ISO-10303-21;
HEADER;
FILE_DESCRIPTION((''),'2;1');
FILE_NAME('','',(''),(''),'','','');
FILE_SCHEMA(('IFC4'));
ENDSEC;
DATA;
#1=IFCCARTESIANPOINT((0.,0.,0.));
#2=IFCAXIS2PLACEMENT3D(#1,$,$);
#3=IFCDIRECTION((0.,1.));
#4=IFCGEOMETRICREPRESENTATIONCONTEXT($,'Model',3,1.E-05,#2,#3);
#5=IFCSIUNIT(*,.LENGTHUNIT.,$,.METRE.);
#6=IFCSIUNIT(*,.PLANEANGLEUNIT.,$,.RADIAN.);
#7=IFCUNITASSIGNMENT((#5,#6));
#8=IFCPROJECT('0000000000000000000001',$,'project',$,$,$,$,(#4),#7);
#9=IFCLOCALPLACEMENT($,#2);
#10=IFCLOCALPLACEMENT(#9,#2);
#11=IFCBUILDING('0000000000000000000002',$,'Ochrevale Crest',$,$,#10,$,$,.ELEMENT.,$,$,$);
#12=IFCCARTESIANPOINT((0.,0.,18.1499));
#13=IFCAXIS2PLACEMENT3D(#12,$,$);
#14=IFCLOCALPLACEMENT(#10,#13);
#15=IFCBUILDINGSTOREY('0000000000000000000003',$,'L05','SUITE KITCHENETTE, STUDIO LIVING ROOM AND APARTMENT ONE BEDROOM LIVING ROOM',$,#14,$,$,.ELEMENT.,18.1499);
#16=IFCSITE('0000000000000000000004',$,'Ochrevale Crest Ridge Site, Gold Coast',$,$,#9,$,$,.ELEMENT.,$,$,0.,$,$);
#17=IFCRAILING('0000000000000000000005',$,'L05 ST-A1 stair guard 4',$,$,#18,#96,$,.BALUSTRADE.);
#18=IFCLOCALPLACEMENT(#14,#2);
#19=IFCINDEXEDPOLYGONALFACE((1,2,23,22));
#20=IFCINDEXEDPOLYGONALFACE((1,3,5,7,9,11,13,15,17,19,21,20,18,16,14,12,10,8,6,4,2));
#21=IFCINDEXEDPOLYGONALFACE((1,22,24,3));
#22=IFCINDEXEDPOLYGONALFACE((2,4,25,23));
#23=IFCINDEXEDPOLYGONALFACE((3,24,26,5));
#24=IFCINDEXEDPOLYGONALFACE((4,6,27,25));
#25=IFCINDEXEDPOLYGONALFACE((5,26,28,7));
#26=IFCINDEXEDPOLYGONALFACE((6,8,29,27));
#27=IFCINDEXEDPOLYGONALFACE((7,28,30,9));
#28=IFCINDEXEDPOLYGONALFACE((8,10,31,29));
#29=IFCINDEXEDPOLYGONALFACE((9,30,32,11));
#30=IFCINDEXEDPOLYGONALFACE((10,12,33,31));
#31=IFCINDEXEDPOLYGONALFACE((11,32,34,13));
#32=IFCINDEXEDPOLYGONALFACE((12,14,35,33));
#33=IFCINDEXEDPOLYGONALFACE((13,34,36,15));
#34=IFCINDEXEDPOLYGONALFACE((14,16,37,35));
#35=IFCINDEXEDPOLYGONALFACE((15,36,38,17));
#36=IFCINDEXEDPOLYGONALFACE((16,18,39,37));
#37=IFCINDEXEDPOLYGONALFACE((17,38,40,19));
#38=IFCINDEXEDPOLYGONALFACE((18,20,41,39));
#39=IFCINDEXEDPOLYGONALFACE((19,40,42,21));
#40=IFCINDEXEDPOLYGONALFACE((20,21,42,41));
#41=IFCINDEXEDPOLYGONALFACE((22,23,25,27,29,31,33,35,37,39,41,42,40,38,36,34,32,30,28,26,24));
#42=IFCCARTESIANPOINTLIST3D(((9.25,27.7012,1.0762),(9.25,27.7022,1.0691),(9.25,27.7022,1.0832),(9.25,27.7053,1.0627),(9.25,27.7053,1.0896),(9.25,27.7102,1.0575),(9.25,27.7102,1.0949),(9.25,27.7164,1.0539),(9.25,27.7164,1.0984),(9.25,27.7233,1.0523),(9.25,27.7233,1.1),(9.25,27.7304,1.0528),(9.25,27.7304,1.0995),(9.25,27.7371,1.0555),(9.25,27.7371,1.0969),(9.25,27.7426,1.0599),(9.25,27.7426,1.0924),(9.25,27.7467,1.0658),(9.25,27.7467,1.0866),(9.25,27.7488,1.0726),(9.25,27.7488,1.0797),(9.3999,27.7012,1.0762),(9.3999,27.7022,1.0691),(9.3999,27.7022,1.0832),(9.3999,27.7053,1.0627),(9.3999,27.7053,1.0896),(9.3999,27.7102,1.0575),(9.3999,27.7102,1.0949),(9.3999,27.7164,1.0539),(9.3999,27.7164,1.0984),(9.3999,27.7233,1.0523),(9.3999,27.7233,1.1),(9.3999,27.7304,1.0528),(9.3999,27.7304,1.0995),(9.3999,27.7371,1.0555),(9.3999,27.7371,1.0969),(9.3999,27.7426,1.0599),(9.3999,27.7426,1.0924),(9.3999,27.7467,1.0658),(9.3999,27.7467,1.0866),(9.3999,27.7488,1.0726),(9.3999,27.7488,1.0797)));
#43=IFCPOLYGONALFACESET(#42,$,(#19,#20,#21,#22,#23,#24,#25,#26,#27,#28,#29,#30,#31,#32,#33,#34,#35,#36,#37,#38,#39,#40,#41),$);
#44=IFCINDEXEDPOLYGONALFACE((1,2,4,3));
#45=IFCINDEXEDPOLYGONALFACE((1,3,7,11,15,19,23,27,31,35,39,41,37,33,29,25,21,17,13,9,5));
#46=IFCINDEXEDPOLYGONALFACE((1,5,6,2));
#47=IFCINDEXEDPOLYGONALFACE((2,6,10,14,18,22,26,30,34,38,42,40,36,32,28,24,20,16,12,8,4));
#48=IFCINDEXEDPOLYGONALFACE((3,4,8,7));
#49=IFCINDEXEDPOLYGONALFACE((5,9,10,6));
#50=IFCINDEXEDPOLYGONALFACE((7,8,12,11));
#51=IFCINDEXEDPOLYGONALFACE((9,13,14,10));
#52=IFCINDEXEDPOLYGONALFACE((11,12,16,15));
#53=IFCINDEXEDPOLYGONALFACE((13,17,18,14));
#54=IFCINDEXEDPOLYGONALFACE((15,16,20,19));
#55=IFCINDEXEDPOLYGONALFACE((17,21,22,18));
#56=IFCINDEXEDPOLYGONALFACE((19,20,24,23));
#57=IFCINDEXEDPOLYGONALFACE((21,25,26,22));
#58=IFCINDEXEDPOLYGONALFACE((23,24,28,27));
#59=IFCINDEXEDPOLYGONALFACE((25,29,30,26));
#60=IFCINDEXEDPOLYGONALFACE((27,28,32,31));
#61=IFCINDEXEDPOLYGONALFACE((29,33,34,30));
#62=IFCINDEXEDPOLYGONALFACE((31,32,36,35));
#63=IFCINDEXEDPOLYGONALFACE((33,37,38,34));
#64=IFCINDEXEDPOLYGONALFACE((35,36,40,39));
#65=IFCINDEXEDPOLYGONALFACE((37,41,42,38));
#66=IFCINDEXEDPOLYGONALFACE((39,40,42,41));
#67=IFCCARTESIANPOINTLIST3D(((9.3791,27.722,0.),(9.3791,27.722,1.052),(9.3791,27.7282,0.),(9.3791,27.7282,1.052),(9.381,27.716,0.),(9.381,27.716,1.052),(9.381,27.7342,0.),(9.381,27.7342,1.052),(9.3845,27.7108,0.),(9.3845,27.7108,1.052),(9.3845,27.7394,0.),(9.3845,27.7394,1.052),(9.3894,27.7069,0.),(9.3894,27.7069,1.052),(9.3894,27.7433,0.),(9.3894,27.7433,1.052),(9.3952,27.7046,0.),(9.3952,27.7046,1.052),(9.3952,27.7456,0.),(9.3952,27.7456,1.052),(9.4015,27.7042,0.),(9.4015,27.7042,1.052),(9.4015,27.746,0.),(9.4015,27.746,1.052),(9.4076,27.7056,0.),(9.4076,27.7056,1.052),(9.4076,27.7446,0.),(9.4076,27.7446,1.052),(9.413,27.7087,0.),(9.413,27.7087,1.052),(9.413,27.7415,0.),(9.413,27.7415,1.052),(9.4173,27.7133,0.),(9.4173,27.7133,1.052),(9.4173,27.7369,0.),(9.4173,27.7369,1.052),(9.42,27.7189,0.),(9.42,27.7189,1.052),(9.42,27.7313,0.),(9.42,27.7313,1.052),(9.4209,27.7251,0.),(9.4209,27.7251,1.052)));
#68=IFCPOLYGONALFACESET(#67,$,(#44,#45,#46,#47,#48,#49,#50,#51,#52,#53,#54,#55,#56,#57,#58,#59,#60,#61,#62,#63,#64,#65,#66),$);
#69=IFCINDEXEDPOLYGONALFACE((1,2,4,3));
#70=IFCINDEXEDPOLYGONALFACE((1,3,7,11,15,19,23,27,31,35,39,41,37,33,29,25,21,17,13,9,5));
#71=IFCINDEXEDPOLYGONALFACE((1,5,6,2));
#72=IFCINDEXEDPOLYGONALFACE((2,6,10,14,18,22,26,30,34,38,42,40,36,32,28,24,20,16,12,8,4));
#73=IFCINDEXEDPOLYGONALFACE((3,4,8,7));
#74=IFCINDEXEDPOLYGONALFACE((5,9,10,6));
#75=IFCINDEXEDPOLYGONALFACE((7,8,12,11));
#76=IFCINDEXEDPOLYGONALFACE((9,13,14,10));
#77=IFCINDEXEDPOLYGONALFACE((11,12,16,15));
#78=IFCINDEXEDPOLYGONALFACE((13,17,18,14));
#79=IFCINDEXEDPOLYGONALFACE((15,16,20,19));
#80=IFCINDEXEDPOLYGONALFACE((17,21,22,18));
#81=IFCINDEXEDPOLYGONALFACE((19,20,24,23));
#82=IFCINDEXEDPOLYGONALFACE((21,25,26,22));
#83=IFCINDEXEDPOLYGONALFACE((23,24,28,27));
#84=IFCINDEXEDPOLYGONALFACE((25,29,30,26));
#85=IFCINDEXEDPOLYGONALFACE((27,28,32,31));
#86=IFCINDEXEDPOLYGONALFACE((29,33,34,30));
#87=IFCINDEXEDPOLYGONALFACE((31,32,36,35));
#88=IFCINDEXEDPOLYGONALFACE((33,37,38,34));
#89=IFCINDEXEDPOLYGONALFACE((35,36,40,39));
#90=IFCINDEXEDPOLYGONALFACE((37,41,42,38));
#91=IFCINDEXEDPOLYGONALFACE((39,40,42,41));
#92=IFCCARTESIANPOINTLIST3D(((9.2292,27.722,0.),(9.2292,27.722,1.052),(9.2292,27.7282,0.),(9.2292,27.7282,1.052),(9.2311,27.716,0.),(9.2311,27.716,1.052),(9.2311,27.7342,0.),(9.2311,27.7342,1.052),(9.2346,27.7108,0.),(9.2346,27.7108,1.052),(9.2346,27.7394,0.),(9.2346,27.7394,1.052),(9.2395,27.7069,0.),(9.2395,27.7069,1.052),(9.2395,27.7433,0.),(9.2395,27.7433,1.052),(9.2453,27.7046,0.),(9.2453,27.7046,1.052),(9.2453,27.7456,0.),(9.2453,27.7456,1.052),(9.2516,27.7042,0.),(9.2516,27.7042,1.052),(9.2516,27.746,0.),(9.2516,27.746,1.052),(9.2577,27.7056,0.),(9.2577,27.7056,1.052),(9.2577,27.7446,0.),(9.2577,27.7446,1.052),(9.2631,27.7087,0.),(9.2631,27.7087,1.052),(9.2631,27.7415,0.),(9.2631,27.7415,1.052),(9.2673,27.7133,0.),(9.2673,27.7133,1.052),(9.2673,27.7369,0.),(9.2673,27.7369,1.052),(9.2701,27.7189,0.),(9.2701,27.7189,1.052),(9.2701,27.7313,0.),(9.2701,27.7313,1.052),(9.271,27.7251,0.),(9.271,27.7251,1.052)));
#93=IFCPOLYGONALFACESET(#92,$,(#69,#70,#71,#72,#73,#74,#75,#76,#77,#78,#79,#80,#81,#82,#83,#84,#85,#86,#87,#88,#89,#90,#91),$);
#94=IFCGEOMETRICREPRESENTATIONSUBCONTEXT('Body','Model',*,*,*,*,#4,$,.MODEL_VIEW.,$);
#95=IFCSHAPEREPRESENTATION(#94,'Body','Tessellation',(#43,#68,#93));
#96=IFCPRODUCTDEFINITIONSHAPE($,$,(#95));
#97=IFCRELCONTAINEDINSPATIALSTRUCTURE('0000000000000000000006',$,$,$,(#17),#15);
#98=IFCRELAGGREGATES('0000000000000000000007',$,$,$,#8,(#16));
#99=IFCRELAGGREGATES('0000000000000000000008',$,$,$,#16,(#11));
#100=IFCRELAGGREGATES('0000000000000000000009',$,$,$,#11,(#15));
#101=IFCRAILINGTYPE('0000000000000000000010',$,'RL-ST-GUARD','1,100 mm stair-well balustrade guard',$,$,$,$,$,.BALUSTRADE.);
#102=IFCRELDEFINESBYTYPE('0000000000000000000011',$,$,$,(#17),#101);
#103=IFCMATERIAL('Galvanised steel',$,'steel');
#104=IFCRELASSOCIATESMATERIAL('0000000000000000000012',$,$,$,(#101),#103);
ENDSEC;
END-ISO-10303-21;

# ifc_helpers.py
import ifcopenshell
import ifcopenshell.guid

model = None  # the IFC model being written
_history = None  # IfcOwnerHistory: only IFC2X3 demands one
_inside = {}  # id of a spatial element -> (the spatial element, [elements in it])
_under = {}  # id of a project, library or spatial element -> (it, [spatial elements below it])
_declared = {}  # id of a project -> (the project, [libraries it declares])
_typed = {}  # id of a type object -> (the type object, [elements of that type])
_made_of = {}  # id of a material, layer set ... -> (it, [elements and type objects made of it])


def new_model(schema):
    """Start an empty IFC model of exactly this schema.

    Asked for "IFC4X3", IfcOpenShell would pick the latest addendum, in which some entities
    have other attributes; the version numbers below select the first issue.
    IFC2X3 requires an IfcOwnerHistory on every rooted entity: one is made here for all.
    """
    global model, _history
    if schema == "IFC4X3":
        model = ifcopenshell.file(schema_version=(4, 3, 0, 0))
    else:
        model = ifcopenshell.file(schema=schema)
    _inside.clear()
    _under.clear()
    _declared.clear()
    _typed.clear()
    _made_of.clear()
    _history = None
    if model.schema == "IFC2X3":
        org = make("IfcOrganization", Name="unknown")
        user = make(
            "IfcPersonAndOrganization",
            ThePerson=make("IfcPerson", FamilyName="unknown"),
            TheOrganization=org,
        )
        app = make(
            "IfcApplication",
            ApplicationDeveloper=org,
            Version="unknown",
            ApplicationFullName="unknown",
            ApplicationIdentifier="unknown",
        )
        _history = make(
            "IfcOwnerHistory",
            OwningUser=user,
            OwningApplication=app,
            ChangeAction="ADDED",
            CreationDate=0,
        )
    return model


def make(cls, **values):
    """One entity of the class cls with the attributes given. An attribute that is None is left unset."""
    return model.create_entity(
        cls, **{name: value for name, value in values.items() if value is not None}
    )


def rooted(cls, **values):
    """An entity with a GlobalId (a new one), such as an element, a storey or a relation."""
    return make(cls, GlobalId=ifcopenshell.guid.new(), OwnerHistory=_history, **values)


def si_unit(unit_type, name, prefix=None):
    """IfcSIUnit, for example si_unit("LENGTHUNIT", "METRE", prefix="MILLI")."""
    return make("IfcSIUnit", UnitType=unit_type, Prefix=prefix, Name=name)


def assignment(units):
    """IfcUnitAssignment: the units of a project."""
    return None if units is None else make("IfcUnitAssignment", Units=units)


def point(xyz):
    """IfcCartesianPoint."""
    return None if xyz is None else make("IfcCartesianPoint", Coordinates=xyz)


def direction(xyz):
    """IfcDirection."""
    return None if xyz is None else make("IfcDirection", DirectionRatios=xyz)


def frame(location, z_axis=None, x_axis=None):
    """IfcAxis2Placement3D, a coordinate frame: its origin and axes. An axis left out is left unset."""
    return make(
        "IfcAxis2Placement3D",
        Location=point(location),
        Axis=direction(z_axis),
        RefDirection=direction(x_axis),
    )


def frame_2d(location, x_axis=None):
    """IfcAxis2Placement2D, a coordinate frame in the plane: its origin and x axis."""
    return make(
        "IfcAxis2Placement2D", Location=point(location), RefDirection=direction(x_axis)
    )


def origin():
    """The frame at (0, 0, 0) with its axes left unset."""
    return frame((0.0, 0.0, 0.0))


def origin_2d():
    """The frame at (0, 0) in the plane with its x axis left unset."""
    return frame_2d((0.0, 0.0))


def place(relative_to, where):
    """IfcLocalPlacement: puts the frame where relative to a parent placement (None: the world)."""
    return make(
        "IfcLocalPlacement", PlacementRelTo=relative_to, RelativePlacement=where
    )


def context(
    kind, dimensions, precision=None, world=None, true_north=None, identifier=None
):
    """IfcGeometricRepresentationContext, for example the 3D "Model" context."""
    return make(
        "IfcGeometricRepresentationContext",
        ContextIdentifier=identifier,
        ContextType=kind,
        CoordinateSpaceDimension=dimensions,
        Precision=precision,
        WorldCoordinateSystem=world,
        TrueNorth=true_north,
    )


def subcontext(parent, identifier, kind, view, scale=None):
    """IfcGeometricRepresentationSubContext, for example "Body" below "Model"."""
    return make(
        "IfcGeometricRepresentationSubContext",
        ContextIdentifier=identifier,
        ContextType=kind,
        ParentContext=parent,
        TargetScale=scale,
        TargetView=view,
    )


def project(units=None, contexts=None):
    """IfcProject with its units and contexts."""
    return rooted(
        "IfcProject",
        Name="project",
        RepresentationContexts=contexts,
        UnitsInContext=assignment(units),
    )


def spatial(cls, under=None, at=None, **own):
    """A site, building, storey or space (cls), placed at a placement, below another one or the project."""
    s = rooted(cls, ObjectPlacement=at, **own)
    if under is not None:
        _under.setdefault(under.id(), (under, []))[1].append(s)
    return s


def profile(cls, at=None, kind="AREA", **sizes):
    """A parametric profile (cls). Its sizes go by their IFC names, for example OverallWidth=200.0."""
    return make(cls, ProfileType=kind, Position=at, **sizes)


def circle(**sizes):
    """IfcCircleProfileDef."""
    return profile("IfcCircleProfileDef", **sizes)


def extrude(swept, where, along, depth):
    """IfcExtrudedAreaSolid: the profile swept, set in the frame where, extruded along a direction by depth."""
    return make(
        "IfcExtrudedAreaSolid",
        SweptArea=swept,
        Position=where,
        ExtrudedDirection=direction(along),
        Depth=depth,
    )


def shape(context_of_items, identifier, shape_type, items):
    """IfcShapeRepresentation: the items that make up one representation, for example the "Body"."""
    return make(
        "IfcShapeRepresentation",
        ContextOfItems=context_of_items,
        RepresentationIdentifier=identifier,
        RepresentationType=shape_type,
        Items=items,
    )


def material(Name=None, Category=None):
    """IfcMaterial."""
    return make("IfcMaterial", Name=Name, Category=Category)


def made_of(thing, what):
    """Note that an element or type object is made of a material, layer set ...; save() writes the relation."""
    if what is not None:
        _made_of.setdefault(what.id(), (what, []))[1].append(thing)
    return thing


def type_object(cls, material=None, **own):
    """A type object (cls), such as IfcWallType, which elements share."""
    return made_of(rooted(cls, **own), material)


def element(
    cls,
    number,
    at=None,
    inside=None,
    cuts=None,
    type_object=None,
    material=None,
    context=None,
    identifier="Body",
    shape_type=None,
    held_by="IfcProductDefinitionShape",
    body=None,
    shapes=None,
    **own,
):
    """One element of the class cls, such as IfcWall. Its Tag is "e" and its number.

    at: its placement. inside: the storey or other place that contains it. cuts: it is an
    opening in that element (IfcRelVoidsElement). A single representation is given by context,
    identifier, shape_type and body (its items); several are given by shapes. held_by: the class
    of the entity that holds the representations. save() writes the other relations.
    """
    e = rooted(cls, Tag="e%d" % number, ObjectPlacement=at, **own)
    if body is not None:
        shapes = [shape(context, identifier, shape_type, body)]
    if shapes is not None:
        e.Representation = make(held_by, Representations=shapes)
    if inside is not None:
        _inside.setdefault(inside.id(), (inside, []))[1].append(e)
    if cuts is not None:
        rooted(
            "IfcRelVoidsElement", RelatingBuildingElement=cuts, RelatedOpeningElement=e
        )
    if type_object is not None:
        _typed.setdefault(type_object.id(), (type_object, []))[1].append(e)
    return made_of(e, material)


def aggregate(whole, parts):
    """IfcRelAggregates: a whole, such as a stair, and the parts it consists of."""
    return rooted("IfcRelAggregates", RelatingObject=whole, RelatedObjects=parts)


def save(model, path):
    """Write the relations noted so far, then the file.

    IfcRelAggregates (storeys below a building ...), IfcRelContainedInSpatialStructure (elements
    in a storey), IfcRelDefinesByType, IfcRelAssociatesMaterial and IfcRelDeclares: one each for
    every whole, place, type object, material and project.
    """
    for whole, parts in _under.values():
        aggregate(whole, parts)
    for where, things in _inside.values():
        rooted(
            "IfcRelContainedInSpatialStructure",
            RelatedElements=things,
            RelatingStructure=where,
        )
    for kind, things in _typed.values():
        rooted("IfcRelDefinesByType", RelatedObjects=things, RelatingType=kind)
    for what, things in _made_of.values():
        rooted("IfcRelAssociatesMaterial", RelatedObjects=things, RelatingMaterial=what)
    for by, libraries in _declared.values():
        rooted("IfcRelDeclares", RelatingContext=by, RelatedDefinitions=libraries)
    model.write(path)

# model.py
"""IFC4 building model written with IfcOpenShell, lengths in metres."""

from ifc_helpers import new_model, si_unit, direction, frame, origin, origin_2d, place, context, subcontext, project, spatial, circle, extrude, material, type_object, element, save


model = new_model("IFC4")

# Units and contexts
model_context = context("Model", 3, precision=1e-05, world=origin(), true_north=direction((0.0, 1.0)))
body_context = subcontext(model_context, "Body", "Model", "MODEL_VIEW")
ifc_project = project(units=[si_unit("LENGTHUNIT", "METRE"), si_unit("PLANEANGLEUNIT", "RADIAN")], contexts=[model_context])

# Site, building, storey
site_placement = place(None, origin())
site = spatial("IfcSite", under=ifc_project, at=site_placement, Name="Ochrevale Crest Ridge Site, Gold Coast", CompositionType="ELEMENT", RefElevation=0.0)
building_placement = place(site_placement, origin())
building = spatial("IfcBuilding", under=site, at=building_placement, Name="Ochrevale Crest", CompositionType="ELEMENT")
storey_placement = place(building_placement, frame((0.0, 0.0, 18.1499)))
storey = spatial("IfcBuildingStorey", under=building, at=storey_placement, Name="L05", Description="SUITE KITCHENETTE, STUDIO LIVING ROOM AND APARTMENT ONE BEDROOM LIVING ROOM", CompositionType="ELEMENT", Elevation=18.1499)

# Railing
ifc_material_1 = material(Name="Galvanised steel", Category="steel")
railing_type_1 = type_object("IfcRailingType", Name="RL-ST-GUARD", Description="1,100 mm stair-well balustrade guard", PredefinedType="BALUSTRADE", material=ifc_material_1)
railing_1_placement = place(storey_placement, frame((9.3999, 27.7251, 0.0)))
element("IfcRailing", 1, at=railing_1_placement, inside=storey, type_object=railing_type_1, Name="L05 ST-A1 stair guard 4", PredefinedType="BALUSTRADE", context=body_context, shape_type="SweptSolid", body=[
    extrude(circle(Radius=0.0239, at=origin_2d()), frame((0.0, 0.0, 1.0762), z_axis=(-1.0, 0.0, 0.0), x_axis=(0.0, -1.0, 0.0)), (0.0, 0.0, 1.0), 0.1499),
    extrude(circle(Radius=0.021, at=origin_2d()), origin(), (0.0, 0.0, 1.0), 1.052),
    extrude(circle(Radius=0.021, at=origin_2d()), frame((-0.1499, 0.0, 0.0)), (0.0, 0.0, 1.0), 1.052),
])

save(model, "model.ifc")
